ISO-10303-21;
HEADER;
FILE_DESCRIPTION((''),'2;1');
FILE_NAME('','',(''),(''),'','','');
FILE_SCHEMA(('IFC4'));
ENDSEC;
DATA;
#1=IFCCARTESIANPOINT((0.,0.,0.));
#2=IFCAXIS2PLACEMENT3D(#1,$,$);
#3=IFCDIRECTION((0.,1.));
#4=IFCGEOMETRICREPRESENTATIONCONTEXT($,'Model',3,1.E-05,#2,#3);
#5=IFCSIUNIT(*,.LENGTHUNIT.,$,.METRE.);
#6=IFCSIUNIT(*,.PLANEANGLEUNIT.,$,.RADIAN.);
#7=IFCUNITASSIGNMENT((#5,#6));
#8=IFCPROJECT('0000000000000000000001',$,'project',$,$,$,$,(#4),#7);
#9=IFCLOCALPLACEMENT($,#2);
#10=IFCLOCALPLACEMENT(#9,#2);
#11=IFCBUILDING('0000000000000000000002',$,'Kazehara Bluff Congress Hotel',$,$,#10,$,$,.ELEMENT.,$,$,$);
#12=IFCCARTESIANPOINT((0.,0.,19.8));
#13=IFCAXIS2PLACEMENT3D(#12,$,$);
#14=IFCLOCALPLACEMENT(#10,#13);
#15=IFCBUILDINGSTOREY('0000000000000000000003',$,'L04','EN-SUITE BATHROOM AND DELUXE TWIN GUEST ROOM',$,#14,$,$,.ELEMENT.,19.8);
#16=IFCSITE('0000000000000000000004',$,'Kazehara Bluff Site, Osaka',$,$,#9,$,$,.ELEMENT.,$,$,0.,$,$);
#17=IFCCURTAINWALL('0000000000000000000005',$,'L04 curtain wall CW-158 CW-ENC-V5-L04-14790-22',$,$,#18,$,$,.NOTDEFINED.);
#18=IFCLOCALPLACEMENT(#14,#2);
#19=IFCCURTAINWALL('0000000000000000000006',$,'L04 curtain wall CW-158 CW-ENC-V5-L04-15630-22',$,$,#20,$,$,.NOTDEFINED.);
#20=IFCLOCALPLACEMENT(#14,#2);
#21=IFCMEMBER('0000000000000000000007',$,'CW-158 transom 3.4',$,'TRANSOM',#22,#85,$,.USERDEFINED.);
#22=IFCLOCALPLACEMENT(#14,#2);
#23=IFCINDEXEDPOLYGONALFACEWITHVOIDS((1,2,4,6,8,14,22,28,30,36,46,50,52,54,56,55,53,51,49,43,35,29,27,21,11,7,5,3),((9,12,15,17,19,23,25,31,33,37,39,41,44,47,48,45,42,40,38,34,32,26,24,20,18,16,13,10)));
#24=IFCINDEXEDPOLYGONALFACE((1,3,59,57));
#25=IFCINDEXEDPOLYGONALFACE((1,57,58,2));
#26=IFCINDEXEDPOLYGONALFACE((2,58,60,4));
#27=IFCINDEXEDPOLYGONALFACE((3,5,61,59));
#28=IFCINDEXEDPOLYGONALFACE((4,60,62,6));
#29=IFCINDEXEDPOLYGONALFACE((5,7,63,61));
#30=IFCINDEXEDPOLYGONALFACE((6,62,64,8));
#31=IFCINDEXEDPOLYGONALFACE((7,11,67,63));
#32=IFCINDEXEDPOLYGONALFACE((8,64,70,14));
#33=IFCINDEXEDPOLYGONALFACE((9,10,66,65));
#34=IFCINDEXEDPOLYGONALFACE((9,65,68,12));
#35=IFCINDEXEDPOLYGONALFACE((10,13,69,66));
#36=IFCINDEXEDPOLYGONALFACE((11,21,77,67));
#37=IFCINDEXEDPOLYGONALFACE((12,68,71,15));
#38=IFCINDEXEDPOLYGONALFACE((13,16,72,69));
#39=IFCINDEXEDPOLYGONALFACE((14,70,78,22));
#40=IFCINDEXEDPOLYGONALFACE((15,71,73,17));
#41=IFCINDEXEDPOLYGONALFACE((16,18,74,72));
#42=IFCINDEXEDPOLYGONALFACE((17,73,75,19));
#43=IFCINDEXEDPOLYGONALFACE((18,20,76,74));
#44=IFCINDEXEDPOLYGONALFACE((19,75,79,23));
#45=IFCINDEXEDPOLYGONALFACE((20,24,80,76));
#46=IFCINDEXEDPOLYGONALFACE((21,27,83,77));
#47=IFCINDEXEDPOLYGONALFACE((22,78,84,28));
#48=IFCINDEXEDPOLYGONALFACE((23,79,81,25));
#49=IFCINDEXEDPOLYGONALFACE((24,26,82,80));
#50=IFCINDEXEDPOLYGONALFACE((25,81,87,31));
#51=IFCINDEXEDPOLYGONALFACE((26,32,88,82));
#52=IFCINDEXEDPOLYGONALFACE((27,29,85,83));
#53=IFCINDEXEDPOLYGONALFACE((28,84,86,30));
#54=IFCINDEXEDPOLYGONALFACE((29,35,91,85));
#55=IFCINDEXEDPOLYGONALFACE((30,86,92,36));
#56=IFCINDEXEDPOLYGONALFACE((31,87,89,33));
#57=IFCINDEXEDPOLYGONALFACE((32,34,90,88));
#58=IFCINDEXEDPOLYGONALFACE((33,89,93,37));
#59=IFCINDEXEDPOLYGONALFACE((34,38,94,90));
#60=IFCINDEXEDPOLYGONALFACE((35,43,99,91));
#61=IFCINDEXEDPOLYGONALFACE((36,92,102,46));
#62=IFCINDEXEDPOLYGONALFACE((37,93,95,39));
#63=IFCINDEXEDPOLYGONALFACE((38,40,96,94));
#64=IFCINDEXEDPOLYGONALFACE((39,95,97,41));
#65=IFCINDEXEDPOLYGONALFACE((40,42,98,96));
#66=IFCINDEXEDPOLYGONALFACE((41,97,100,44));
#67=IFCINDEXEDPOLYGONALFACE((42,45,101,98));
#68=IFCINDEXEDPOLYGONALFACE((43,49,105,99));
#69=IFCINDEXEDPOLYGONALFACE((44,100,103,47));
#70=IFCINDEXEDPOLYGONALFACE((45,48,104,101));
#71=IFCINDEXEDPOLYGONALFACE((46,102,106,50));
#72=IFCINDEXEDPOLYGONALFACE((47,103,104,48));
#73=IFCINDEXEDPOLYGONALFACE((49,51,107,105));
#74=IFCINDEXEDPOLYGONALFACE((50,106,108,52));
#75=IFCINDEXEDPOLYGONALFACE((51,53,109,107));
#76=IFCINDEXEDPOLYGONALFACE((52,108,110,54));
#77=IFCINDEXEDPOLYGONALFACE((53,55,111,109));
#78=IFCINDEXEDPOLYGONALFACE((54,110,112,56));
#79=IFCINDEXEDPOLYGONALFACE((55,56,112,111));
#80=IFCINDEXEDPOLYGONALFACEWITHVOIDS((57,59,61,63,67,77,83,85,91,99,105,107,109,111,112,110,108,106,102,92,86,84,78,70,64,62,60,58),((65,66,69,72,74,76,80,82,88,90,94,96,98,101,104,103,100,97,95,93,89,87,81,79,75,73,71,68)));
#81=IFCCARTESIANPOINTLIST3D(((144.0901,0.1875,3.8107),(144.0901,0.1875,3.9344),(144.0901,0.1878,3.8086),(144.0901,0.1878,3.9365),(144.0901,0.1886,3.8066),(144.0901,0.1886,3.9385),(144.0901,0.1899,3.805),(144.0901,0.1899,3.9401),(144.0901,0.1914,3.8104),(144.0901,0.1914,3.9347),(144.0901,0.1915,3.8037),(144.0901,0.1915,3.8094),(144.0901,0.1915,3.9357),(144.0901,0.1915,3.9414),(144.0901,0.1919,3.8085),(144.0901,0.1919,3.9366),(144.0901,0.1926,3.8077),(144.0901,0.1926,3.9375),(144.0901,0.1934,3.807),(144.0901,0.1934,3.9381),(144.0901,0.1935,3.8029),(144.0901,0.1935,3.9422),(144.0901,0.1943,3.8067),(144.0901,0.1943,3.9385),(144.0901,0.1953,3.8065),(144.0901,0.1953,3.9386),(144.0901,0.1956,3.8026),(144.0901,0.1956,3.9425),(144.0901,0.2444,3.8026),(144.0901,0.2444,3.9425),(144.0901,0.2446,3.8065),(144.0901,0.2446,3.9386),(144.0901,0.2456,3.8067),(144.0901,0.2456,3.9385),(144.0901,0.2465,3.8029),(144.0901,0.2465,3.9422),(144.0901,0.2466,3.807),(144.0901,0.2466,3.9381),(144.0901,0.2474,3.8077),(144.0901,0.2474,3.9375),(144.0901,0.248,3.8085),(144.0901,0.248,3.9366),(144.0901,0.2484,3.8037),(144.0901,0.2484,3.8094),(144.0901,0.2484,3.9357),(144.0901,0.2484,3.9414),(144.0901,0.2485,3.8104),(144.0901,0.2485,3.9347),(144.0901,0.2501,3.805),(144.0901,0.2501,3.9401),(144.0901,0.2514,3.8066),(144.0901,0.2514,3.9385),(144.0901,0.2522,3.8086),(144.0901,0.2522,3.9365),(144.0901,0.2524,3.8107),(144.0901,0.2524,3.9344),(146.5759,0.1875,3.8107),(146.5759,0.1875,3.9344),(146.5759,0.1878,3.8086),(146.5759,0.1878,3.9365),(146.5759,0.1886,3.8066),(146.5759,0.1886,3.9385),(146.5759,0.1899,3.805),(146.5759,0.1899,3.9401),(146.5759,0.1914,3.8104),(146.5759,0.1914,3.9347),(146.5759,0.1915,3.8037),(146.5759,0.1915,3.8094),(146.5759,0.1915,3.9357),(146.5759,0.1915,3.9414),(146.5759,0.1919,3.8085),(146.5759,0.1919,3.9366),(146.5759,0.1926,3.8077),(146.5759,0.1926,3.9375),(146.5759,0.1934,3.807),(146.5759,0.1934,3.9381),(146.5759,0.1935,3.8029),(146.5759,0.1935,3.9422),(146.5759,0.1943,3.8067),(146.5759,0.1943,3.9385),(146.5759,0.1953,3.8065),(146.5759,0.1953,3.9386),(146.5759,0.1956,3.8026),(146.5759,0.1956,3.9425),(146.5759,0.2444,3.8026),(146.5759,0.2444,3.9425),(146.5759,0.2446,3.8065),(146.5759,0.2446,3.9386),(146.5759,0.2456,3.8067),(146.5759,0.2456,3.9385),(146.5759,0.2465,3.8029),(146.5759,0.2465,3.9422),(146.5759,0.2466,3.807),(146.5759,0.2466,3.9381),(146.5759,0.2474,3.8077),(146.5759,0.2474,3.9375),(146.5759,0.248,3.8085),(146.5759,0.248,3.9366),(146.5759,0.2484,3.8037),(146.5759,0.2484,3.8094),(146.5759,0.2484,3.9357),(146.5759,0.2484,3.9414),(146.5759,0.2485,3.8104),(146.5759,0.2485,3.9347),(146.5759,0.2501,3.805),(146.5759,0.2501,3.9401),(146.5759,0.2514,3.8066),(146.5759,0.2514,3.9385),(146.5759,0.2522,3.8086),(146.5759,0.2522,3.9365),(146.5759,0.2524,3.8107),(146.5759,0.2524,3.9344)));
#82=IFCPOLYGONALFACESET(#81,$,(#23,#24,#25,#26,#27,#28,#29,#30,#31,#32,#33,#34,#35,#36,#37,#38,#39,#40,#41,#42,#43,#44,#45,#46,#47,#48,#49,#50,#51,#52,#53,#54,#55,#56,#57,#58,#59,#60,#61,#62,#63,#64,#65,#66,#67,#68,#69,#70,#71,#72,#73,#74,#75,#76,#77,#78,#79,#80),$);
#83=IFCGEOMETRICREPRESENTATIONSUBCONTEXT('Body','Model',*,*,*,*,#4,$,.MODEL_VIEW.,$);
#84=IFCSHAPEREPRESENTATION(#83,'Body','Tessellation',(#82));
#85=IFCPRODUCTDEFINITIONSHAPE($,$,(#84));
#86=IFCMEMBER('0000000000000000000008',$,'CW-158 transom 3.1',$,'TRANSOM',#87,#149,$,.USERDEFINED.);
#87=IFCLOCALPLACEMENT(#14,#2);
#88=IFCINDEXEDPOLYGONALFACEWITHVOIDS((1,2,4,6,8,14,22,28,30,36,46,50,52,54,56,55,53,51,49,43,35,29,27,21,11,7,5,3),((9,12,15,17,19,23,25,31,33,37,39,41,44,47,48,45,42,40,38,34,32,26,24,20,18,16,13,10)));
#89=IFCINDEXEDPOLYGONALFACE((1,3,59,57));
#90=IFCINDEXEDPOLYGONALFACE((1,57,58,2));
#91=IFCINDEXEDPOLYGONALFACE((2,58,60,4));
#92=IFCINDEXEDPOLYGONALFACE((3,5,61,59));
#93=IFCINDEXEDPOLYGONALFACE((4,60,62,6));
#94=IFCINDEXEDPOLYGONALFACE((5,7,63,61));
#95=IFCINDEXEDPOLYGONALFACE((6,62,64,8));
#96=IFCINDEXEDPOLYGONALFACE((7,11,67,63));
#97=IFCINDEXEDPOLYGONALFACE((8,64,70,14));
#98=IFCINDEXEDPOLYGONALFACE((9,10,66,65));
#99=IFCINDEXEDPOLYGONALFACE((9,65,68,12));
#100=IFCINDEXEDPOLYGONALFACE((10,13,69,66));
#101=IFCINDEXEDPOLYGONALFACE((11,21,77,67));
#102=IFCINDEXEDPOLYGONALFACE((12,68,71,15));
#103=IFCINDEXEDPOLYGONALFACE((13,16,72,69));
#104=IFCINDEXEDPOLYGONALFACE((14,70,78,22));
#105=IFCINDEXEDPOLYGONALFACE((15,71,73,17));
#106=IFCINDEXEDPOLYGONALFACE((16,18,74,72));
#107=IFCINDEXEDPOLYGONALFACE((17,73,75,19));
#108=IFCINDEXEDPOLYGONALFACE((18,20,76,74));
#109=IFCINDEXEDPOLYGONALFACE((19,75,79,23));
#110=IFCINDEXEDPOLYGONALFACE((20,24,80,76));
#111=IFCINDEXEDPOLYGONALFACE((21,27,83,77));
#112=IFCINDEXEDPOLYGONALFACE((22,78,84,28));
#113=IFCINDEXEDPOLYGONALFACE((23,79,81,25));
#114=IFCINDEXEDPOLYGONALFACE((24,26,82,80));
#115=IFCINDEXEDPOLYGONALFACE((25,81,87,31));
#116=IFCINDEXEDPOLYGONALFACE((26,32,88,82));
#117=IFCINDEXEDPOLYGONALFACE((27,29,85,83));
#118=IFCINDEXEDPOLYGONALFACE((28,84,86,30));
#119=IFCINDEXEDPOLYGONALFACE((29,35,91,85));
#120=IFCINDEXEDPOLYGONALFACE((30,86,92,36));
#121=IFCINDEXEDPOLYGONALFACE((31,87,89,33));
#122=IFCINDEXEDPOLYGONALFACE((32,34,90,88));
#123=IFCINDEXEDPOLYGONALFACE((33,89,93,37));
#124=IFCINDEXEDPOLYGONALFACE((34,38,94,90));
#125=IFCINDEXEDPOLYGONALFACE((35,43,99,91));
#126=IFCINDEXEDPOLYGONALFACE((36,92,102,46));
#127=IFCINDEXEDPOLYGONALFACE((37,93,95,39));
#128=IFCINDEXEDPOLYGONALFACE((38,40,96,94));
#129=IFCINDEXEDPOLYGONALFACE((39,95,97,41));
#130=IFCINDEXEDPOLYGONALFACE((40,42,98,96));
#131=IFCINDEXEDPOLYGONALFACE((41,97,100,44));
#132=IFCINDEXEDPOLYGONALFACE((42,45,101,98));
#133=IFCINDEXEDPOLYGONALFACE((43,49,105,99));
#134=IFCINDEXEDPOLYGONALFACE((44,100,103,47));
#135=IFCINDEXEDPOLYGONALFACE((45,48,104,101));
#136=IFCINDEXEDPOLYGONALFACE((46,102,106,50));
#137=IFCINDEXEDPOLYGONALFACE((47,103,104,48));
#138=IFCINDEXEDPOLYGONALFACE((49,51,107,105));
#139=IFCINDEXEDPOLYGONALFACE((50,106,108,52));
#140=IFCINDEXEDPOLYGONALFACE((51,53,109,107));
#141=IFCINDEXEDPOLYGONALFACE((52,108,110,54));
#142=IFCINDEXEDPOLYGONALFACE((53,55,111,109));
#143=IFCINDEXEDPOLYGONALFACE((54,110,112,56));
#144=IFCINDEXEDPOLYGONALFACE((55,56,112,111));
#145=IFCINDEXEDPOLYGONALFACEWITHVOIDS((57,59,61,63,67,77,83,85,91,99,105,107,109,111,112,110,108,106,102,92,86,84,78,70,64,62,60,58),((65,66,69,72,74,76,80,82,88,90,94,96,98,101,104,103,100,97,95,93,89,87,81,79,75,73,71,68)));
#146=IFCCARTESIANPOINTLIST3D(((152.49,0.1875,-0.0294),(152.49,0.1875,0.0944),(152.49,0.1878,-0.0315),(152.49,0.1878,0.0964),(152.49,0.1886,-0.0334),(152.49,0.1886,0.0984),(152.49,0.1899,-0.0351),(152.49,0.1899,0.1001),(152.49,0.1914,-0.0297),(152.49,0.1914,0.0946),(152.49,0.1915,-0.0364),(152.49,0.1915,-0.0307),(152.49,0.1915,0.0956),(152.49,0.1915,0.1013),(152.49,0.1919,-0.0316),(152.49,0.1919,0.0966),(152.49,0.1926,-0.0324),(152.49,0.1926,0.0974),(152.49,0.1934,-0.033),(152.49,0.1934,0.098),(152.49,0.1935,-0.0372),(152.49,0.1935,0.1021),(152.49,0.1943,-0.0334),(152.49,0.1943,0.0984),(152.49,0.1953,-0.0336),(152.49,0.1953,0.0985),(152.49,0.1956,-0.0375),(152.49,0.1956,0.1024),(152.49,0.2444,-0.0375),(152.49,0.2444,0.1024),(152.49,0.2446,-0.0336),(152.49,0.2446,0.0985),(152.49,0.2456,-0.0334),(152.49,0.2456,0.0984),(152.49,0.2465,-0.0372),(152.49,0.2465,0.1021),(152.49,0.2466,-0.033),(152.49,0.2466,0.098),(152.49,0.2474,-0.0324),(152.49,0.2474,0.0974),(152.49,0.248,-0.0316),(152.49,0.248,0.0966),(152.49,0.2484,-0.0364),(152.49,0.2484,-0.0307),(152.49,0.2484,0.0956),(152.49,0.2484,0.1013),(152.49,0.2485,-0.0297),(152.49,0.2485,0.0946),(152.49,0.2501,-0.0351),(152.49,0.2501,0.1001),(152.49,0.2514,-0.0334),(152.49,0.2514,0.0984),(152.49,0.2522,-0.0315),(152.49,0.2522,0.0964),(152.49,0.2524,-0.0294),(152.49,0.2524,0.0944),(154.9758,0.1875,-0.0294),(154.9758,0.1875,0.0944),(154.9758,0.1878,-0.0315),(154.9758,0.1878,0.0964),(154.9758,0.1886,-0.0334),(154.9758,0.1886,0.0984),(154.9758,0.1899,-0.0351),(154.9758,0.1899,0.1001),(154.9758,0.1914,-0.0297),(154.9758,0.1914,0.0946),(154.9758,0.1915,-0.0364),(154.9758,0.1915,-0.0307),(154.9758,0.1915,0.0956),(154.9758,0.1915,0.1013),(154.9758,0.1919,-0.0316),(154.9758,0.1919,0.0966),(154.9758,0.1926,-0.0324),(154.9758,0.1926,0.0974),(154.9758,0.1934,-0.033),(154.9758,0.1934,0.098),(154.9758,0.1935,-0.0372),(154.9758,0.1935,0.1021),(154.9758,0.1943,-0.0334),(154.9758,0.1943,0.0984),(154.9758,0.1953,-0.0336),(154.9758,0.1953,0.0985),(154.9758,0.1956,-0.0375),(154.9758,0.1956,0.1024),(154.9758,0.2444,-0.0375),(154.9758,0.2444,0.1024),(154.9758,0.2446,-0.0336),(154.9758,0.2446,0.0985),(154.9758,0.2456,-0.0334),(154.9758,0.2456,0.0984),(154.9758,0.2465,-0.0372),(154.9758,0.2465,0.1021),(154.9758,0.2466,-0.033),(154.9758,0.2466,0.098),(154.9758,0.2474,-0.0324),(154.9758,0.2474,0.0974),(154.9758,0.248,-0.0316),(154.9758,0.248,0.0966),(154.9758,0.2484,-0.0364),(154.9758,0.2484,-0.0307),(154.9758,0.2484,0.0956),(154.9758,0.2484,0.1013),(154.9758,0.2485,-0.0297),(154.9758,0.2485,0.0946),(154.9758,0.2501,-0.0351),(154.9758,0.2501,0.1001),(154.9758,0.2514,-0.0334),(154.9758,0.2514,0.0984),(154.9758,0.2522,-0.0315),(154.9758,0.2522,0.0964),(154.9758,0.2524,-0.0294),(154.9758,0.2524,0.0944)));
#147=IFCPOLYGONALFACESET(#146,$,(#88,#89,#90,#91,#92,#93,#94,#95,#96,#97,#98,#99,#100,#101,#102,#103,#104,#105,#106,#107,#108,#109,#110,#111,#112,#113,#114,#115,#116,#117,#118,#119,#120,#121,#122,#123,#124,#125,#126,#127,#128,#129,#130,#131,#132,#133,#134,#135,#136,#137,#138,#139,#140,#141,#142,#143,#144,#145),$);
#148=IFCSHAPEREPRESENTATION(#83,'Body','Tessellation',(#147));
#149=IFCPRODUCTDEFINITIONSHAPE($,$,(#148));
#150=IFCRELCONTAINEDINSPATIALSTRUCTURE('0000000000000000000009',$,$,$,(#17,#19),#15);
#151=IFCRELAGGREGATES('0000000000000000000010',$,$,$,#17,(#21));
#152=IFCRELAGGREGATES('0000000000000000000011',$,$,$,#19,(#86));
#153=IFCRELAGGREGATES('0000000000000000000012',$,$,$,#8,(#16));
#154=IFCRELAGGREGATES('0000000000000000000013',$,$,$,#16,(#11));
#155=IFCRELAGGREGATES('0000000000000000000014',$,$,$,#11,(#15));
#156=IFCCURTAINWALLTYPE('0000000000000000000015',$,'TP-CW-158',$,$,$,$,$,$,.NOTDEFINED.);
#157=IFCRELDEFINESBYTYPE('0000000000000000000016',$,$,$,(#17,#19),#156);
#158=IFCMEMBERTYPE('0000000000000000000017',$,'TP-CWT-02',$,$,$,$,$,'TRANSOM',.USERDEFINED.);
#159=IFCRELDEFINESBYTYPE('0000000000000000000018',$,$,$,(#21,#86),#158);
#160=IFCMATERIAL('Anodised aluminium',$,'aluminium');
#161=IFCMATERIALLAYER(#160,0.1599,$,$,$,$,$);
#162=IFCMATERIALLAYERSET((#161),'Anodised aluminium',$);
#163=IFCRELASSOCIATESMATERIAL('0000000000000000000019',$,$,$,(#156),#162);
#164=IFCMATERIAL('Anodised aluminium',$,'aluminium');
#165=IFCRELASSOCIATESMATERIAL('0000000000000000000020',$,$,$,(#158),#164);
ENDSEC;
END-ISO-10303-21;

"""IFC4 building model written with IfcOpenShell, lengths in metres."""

from ifc_helpers import new_model, si_unit, direction, frame, origin, origin_2d, place, context, subcontext, project, spatial, hollow_rectangle, extrude, material, layer, layer_set, material_profile, profile_set, type_object, element, aggregate, save


model = new_model("IFC4")

# Units and contexts
model_context = context("Model", 3, precision=1e-05, world=origin(), true_north=direction((0.0, 1.0)))
body_context = subcontext(model_context, "Body", "Model", "MODEL_VIEW")
ifc_project = project(units=[si_unit("LENGTHUNIT", "METRE"), si_unit("PLANEANGLEUNIT", "RADIAN")], contexts=[model_context])

# Site, building, storey
site_placement = place(None, origin())
site = spatial("IfcSite", under=ifc_project, at=site_placement, Name="Kazehara Bluff Site, Osaka", CompositionType="ELEMENT", RefElevation=0.0)
building_placement = place(site_placement, origin())
building = spatial("IfcBuilding", under=site, at=building_placement, Name="Kazehara Bluff Congress Hotel", CompositionType="ELEMENT")
storey_placement = place(building_placement, frame((0.0, 0.0, 19.8)))
storey = spatial("IfcBuildingStorey", under=building, at=storey_placement, Name="L04", Description="EN-SUITE BATHROOM AND DELUXE TWIN GUEST ROOM", CompositionType="ELEMENT", Elevation=19.8)

# Curtain walls
ifc_material_1 = material(Name="Anodised aluminium", Category="aluminium")
ifc_layer_1 = layer(ifc_material_1, 0.1599)
ifc_layer_set_1 = layer_set([ifc_layer_1], Name="Anodised aluminium")
curtain_wall_type = type_object("IfcCurtainWallType", Name="TP-CW-158", PredefinedType="NOTDEFINED", material=ifc_layer_set_1)
curtain_wall_1_placement = place(storey_placement, origin())
curtain_wall_1 = element("IfcCurtainWall", 1, at=curtain_wall_1_placement, inside=storey, type_object=curtain_wall_type, Name="L04 curtain wall CW-158 CW-ENC-V5-L04-14790-22", PredefinedType="NOTDEFINED")
curtain_wall_2_placement = place(storey_placement, origin())
curtain_wall_2 = element("IfcCurtainWall", 2, at=curtain_wall_2_placement, inside=storey, type_object=curtain_wall_type, Name="L04 curtain wall CW-158 CW-ENC-V5-L04-15630-22", PredefinedType="NOTDEFINED")

# Members
ifc_material_2 = material(Name="Anodised aluminium", Category="aluminium")
ifc_material_profile_1 = material_profile(ifc_material_2, hollow_rectangle(XDim=0.0649, YDim=0.1399, WallThickness=0.0039, InnerFilletRadius=0.0039, OuterFilletRadius=0.0081, at=origin_2d()))
ifc_profile_set_1 = profile_set([ifc_material_profile_1], Name="Anodised aluminium")
member_type_1 = type_object("IfcMemberType", Name="TP-CWT-02", ElementType="TRANSOM", PredefinedType="USERDEFINED", material=ifc_profile_set_1)
member_1_placement = place(storey_placement, frame((146.5759, 0.22, 3.8726), z_axis=(-1.0, 0.0, 0.0), x_axis=(0.0, -1.0, 0.0)))
member_1 = element("IfcMember", 3, at=member_1_placement, type_object=member_type_1, Name="CW-158 transom 3.4", ObjectType="TRANSOM", PredefinedType="USERDEFINED", context=body_context, shape_type="SweptSolid", body=[
    extrude(hollow_rectangle(XDim=0.0649, YDim=0.1399, WallThickness=0.0039, InnerFilletRadius=0.0039, OuterFilletRadius=0.0081, at=origin_2d()), origin(), (0.0, 0.0, 1.0), 2.4858),
])
member_2_placement = place(storey_placement, frame((154.9758, 0.22, 0.0325), z_axis=(-1.0, 0.0, 0.0), x_axis=(0.0, -1.0, 0.0)))
member_2 = element("IfcMember", 4, at=member_2_placement, type_object=member_type_1, Name="CW-158 transom 3.1", ObjectType="TRANSOM", PredefinedType="USERDEFINED", context=body_context, shape_type="SweptSolid", body=[
    extrude(hollow_rectangle(XDim=0.0649, YDim=0.1399, WallThickness=0.0039, InnerFilletRadius=0.0039, OuterFilletRadius=0.0081, at=origin_2d()), origin(), (0.0, 0.0, 1.0), 2.4858),
])

aggregate(curtain_wall_1, [member_1])
aggregate(curtain_wall_2, [member_2])

save(model, "model.ifc")
